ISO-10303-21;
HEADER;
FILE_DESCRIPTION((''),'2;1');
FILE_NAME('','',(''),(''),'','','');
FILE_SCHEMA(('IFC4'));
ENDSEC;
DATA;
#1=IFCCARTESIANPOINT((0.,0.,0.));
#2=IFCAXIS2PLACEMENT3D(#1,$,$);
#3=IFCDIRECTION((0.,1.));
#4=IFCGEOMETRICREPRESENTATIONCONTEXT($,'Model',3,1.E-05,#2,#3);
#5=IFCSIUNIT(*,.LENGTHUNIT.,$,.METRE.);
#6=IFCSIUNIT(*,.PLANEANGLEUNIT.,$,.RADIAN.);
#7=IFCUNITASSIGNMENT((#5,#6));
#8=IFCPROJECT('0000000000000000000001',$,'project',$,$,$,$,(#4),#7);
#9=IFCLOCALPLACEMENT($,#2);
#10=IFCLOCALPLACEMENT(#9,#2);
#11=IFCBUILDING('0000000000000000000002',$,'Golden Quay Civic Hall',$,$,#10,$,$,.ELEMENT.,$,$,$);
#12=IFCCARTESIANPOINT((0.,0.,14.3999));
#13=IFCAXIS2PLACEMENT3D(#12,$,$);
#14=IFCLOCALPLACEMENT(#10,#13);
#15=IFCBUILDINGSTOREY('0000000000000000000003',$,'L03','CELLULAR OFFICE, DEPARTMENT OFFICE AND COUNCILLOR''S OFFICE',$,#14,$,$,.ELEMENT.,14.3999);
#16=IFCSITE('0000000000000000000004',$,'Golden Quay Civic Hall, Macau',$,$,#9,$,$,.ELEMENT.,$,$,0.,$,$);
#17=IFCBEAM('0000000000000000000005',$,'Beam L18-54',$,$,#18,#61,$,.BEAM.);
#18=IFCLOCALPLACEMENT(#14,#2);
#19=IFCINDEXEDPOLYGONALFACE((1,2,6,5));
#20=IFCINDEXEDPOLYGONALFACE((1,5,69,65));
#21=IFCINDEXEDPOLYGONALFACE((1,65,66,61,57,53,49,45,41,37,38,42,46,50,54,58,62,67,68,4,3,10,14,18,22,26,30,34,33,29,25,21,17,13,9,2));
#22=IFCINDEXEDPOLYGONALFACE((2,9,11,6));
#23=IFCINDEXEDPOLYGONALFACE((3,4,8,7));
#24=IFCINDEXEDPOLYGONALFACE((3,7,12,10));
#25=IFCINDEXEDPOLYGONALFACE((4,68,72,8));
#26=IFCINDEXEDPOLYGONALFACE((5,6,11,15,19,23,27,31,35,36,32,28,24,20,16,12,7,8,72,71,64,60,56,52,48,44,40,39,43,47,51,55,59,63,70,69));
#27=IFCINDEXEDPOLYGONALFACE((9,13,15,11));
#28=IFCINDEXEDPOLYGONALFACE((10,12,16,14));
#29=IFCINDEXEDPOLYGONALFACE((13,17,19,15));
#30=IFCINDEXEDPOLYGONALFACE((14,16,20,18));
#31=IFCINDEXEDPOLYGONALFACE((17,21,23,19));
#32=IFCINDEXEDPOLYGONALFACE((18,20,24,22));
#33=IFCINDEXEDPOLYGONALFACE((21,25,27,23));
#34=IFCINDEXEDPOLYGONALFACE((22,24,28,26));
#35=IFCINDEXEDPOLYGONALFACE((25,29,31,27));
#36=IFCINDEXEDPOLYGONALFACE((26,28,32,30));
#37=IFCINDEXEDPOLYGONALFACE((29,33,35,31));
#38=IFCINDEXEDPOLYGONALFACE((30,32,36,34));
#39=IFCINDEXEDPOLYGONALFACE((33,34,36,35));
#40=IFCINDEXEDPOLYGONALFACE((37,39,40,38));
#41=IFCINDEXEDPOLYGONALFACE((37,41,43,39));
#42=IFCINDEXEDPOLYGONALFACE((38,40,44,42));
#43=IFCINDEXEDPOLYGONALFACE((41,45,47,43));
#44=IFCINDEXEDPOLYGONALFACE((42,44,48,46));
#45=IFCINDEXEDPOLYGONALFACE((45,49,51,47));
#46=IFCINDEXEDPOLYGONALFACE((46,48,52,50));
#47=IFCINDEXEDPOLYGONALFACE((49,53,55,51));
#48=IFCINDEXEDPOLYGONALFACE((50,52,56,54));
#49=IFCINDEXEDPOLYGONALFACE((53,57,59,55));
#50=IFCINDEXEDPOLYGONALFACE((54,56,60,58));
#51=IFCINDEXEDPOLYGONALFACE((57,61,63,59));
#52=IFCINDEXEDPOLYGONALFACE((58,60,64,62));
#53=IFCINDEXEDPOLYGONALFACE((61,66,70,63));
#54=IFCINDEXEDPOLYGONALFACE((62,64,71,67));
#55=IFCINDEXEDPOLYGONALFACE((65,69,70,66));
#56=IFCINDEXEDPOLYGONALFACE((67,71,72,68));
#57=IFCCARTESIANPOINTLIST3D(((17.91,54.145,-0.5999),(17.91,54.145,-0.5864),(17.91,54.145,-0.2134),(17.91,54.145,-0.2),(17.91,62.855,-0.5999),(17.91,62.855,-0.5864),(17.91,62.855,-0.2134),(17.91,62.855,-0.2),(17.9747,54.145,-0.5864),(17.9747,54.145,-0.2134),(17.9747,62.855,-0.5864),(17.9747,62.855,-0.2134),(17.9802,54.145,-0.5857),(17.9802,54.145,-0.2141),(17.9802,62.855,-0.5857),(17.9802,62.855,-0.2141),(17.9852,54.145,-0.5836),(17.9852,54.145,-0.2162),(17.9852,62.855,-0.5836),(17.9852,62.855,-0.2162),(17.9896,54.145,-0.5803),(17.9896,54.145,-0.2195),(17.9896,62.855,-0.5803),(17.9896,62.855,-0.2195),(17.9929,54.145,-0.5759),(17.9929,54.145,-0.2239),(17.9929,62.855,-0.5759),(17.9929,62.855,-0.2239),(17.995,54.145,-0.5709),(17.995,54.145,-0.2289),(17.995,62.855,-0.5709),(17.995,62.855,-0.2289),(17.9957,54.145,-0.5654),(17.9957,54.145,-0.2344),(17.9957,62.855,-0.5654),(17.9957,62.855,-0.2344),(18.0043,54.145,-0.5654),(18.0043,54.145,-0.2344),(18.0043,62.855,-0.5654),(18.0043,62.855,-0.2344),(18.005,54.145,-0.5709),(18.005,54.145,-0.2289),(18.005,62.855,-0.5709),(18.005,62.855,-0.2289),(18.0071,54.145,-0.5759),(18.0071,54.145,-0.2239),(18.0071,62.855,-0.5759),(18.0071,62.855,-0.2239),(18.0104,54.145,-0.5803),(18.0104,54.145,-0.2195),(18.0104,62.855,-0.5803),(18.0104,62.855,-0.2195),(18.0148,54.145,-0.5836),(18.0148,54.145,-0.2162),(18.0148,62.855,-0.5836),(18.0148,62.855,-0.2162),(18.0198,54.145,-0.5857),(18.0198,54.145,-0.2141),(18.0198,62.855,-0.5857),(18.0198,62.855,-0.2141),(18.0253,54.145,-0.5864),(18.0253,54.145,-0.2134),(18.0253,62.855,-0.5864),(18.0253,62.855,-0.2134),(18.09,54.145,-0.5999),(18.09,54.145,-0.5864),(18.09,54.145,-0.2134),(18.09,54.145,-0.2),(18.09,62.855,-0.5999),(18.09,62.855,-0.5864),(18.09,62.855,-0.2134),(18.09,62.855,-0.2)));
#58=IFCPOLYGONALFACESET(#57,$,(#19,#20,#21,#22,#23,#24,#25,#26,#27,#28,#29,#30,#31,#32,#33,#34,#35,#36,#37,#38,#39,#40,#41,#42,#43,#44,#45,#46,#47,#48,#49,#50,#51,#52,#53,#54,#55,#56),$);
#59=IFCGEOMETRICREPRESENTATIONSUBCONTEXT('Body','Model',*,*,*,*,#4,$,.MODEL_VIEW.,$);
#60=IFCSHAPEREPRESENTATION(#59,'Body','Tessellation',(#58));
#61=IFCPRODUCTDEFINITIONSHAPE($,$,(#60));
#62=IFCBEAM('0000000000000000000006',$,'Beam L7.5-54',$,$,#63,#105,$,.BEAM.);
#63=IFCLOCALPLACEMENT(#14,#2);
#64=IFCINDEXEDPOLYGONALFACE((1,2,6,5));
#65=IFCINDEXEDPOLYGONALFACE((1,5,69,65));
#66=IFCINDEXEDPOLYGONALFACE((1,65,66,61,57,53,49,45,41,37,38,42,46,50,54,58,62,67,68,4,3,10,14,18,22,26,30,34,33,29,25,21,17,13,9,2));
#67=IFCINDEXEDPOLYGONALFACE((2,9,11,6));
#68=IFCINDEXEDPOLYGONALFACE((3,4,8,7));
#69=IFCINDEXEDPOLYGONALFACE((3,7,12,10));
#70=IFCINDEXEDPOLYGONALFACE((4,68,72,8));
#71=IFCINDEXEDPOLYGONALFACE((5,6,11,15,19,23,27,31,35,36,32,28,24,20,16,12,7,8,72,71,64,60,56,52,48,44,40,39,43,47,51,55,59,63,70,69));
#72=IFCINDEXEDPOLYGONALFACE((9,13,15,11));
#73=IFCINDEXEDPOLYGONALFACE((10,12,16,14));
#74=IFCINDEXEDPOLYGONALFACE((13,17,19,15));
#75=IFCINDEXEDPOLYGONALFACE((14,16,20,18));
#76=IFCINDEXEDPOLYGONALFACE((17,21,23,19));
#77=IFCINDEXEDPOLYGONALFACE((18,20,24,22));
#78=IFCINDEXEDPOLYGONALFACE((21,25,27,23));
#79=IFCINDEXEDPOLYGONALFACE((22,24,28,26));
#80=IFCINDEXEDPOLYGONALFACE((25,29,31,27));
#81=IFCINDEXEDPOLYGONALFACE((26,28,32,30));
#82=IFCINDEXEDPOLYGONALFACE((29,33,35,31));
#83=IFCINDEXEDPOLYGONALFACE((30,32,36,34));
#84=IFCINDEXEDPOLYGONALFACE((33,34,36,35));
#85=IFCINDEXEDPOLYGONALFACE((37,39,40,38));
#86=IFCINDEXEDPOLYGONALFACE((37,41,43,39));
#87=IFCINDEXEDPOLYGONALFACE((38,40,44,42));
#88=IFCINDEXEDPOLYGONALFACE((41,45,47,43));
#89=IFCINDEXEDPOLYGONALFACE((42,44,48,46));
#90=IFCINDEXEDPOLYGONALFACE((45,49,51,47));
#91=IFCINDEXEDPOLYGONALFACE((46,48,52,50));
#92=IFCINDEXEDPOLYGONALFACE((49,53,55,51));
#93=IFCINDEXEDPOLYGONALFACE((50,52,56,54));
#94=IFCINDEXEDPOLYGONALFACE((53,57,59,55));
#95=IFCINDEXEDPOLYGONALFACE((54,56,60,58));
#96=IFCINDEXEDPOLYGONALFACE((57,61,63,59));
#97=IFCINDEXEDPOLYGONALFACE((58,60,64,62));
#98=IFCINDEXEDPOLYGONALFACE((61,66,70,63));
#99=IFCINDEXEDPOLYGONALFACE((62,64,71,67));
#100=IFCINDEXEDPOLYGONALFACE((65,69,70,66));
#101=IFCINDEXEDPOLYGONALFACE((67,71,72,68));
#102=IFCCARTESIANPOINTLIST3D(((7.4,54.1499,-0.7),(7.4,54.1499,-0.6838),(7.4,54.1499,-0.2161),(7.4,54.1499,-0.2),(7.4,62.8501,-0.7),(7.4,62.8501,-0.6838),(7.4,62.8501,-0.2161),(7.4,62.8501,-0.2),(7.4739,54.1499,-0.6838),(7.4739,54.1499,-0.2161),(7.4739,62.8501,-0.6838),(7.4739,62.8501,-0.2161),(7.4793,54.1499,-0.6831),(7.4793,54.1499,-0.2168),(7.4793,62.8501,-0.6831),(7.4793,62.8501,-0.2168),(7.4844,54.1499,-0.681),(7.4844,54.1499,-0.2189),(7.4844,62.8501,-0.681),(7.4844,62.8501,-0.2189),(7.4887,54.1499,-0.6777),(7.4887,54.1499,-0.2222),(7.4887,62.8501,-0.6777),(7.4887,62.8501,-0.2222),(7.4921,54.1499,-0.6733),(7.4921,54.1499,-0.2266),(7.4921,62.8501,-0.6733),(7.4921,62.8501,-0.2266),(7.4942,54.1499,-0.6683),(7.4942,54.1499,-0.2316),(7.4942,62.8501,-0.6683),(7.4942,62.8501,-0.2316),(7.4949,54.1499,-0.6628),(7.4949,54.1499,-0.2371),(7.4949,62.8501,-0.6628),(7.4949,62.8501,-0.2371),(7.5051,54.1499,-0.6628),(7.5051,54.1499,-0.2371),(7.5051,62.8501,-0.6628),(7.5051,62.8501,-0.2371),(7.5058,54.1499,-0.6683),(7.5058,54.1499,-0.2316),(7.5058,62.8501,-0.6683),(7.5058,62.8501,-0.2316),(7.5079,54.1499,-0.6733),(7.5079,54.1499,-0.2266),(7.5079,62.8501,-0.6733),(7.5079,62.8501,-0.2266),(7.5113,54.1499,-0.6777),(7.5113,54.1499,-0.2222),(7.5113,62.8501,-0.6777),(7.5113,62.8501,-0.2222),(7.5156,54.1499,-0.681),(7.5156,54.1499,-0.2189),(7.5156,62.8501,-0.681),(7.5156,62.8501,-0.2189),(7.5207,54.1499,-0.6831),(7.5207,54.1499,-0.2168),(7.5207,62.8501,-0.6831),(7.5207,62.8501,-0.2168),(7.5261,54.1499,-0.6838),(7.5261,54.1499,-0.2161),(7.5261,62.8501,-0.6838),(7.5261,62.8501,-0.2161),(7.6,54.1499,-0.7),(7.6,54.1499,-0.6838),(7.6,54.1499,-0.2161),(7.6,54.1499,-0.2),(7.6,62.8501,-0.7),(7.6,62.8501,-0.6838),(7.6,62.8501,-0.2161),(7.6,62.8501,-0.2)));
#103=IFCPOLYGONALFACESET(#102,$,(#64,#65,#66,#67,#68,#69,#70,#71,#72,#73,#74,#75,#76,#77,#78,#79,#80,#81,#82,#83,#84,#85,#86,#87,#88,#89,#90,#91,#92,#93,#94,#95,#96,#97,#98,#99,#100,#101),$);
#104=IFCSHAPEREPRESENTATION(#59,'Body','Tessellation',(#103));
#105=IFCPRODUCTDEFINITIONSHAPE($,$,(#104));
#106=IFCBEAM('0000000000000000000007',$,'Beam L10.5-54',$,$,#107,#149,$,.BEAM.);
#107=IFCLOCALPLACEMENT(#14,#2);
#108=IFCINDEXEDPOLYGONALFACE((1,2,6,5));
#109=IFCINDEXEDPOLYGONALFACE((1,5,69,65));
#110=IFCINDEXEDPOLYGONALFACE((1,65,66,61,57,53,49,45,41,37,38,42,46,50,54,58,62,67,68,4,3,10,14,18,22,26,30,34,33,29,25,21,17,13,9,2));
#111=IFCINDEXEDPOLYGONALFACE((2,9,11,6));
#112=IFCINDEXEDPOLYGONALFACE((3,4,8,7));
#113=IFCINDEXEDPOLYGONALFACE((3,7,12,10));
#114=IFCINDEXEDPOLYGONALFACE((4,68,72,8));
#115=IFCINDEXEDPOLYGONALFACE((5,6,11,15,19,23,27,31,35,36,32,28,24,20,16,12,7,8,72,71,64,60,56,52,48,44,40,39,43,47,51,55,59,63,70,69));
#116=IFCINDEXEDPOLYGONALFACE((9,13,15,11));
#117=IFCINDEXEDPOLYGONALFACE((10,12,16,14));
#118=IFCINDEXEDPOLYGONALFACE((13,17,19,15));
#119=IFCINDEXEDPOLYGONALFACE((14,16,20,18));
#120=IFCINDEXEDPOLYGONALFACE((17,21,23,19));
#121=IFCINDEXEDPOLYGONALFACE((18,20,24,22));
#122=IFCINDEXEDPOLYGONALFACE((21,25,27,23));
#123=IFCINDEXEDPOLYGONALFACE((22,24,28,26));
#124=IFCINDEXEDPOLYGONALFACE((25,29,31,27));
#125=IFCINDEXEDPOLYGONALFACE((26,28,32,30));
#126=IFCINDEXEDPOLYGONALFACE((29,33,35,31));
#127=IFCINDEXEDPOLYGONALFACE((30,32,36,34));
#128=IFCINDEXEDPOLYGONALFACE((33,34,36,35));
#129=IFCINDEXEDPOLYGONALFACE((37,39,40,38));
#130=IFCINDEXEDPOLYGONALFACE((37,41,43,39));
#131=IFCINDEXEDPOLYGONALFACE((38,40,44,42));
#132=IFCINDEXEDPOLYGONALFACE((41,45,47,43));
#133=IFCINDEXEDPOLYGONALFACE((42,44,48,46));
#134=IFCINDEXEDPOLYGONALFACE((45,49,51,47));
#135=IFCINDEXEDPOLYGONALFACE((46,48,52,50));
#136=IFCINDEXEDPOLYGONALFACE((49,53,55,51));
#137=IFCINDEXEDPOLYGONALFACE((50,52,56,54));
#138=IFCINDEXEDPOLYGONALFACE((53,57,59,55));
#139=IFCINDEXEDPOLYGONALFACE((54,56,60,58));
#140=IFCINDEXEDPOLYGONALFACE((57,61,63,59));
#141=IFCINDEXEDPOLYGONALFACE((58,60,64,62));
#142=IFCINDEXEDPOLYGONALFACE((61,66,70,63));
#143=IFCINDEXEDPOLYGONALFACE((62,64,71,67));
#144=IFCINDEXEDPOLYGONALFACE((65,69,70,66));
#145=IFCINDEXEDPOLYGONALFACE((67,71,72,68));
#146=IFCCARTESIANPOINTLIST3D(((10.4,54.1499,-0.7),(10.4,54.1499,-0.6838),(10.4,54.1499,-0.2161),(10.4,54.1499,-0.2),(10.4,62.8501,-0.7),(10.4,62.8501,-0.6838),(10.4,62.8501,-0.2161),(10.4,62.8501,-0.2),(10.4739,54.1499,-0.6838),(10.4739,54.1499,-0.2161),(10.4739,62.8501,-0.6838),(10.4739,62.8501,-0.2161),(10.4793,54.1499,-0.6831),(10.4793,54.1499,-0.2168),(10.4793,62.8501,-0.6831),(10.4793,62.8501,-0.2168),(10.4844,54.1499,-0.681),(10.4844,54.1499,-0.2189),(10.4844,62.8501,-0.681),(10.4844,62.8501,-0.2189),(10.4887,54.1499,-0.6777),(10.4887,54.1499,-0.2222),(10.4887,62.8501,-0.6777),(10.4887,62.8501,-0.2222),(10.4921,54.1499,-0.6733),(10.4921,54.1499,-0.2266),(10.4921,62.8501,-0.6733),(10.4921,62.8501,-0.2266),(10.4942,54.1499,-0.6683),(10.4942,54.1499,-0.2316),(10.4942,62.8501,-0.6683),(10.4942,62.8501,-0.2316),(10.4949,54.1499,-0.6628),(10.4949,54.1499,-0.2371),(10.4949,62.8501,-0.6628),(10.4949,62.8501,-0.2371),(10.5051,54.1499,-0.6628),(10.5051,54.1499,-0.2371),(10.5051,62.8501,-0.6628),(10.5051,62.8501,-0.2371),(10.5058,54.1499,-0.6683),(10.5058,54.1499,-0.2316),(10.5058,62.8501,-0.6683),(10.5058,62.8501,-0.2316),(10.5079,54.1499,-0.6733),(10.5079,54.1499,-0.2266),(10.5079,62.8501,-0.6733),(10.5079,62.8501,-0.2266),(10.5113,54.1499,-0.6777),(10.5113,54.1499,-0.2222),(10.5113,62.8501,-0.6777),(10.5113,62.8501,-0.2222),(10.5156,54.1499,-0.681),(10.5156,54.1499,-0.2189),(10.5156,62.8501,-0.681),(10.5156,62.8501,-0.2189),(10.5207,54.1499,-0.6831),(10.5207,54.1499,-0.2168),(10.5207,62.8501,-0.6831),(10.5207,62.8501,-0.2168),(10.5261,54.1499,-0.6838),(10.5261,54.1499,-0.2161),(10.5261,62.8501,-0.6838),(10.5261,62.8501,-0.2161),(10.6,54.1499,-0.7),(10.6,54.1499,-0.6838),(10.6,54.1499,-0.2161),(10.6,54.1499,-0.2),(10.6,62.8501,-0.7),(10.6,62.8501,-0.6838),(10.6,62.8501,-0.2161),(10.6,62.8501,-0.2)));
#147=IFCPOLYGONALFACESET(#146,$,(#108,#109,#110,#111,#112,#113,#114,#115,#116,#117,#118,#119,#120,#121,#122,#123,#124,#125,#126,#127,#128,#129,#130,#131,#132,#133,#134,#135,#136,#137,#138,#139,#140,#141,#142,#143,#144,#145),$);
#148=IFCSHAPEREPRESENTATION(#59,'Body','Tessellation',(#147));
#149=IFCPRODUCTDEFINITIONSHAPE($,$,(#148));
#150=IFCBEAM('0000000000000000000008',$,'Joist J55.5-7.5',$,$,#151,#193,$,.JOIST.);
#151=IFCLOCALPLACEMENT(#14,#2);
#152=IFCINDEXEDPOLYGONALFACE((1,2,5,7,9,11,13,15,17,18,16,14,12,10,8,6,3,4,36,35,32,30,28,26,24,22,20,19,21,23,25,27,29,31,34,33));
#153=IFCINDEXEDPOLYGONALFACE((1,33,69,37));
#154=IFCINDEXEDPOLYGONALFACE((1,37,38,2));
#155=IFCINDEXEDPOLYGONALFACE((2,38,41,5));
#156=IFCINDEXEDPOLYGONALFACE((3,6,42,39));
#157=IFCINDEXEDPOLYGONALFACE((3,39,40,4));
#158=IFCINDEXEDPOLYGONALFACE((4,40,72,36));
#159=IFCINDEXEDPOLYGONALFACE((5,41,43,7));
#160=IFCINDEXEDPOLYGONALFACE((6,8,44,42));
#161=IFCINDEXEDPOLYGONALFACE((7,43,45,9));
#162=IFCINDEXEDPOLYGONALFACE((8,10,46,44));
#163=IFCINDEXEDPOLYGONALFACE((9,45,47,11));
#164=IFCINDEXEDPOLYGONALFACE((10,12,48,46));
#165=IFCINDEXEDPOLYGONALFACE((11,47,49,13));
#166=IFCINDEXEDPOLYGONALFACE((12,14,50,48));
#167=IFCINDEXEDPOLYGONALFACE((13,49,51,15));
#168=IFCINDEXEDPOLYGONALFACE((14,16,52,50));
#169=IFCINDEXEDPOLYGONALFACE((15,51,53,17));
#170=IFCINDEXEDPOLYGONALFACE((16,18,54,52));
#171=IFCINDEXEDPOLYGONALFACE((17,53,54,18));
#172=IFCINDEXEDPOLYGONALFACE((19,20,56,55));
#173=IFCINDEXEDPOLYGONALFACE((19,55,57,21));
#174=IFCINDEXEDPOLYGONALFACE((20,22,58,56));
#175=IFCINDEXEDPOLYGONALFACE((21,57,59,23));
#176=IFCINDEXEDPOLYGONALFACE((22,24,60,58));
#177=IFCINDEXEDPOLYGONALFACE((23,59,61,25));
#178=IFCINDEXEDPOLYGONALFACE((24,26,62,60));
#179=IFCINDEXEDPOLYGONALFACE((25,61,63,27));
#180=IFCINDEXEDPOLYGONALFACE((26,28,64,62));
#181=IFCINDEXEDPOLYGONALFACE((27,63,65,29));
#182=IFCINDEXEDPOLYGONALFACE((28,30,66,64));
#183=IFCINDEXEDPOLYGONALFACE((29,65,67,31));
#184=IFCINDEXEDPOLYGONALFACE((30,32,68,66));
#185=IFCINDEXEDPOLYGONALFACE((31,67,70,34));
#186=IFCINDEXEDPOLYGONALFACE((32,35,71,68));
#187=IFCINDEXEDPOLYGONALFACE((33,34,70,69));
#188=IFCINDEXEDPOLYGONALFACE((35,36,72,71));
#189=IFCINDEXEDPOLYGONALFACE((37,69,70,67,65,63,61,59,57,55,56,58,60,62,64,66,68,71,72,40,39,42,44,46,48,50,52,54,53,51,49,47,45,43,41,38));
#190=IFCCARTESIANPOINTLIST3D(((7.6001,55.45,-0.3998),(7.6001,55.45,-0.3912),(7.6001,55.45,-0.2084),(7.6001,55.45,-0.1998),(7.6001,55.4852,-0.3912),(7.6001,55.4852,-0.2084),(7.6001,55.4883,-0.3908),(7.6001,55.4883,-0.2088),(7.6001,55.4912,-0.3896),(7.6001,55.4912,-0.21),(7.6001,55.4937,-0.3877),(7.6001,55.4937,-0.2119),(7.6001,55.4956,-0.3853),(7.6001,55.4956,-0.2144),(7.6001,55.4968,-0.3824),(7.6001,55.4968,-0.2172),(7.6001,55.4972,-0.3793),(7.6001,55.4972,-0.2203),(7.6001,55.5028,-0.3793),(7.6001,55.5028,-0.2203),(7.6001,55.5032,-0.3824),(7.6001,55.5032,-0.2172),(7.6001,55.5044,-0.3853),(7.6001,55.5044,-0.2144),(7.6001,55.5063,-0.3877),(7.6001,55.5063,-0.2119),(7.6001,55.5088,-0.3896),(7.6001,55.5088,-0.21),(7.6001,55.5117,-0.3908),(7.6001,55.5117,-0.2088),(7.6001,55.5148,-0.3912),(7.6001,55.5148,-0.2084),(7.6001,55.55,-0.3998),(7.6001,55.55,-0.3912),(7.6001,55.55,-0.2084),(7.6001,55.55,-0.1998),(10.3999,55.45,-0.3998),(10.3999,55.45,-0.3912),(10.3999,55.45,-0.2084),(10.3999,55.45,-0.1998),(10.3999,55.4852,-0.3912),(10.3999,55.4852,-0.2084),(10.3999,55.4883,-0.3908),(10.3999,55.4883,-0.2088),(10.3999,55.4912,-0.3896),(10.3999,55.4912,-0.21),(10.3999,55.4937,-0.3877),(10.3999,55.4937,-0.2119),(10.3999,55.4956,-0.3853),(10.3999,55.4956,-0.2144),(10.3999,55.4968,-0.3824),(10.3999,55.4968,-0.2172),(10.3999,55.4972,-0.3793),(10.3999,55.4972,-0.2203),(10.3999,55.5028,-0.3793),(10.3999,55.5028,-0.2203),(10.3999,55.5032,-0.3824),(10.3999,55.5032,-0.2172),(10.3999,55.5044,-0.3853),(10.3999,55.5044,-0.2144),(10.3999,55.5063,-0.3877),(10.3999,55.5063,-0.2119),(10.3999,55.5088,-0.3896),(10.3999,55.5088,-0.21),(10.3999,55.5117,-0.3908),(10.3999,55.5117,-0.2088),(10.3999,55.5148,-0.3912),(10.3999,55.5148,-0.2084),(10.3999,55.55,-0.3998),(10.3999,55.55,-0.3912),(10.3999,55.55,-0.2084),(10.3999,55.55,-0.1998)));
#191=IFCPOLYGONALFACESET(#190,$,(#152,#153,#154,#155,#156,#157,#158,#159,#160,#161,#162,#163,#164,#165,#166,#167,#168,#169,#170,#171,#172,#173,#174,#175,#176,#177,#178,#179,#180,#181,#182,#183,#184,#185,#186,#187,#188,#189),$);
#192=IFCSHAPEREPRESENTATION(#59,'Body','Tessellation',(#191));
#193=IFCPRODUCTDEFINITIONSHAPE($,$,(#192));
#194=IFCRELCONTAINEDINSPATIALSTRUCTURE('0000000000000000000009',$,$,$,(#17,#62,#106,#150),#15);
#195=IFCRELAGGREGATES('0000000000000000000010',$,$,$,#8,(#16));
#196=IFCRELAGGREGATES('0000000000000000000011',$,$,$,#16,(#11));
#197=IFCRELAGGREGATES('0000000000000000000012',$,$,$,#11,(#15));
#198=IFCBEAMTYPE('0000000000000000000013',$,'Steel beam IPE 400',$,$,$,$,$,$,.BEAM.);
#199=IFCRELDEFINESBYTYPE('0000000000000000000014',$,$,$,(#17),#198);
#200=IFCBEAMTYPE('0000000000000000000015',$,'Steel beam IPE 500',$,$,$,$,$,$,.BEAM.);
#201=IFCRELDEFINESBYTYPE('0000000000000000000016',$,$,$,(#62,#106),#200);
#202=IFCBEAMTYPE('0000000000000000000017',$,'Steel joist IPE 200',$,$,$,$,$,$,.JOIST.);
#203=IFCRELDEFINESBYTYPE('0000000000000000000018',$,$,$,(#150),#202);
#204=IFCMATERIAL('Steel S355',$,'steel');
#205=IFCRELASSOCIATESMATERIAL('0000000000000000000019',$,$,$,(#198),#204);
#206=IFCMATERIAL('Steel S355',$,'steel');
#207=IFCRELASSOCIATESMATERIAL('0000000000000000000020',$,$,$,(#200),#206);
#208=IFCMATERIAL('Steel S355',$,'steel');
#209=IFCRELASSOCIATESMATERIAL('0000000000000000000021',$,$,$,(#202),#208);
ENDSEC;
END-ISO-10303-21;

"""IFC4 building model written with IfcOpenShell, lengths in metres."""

from ifc_helpers import new_model, si_unit, direction, frame, origin, origin_2d, place, context, subcontext, project, spatial, i_section, extrude, material, material_profile, profile_set, type_object, element, save


model = new_model("IFC4")

# Units and contexts
model_context = context("Model", 3, precision=1e-05, world=origin(), true_north=direction((0.0, 1.0)))
body_context = subcontext(model_context, "Body", "Model", "MODEL_VIEW")
ifc_project = project(units=[si_unit("LENGTHUNIT", "METRE"), si_unit("PLANEANGLEUNIT", "RADIAN")], contexts=[model_context])

# Site, building, storey
site_placement = place(None, origin())
site = spatial("IfcSite", under=ifc_project, at=site_placement, Name="Golden Quay Civic Hall, Macau", CompositionType="ELEMENT", RefElevation=0.0)
building_placement = place(site_placement, origin())
building = spatial("IfcBuilding", under=site, at=building_placement, Name="Golden Quay Civic Hall", CompositionType="ELEMENT")
storey_placement = place(building_placement, frame((0.0, 0.0, 14.3999)))
storey = spatial("IfcBuildingStorey", under=building, at=storey_placement, Name="L03", Description="CELLULAR OFFICE, DEPARTMENT OFFICE AND COUNCILLOR'S OFFICE", CompositionType="ELEMENT", Elevation=14.3999)

# Beams
ifc_material_1 = material(Name="Steel S355", Category="steel")
ifc_material_profile_1 = material_profile(ifc_material_1, i_section(OverallWidth=0.1799, OverallDepth=0.3999, WebThickness=0.0085, FlangeThickness=0.0134, FilletRadius=0.021, at=origin_2d()), Name="IPE 400")
ifc_profile_set_1 = profile_set([ifc_material_profile_1], Name="Steel S355")
beam_type_1 = type_object("IfcBeamType", Name="Steel beam IPE 400", PredefinedType="BEAM", material=ifc_profile_set_1)
beam_1_placement = place(storey_placement, frame((18.0, 54.145, -0.3999), z_axis=(0.0, 1.0, 0.0), x_axis=(-1.0, 0.0, 0.0)))
element("IfcBeam", 1, at=beam_1_placement, inside=storey, type_object=beam_type_1, Name="Beam L18-54", PredefinedType="BEAM", context=body_context, shape_type="SweptSolid", body=[
    extrude(i_section(OverallWidth=0.1799, OverallDepth=0.3999, WebThickness=0.0085, FlangeThickness=0.0134, FilletRadius=0.021, at=origin_2d()), origin(), (0.0, 0.0, 1.0), 8.71),
])
ifc_material_2 = material(Name="Steel S355", Category="steel")
ifc_material_profile_2 = material_profile(ifc_material_2, i_section(OverallWidth=0.2, OverallDepth=0.5, WebThickness=0.0103, FlangeThickness=0.0161, FilletRadius=0.021, at=origin_2d()), Name="IPE 500")
ifc_profile_set_2 = profile_set([ifc_material_profile_2], Name="Steel S355")
beam_type_2 = type_object("IfcBeamType", Name="Steel beam IPE 500", PredefinedType="BEAM", material=ifc_profile_set_2)
for number, where, z_axis, x_axis, name in (
    (2, (7.5, 54.1499, -0.45), (0.0, 1.0, 0.0), (-1.0, 0.0, 0.0), "Beam L7.5-54"),
    (3, (10.5, 54.1499, -0.45), (0.0, 1.0, 0.0), (-1.0, 0.0, 0.0), "Beam L10.5-54"),
):
    element("IfcBeam", number, at=place(storey_placement, frame(where, z_axis=z_axis, x_axis=x_axis)), inside=storey, type_object=beam_type_2, Name=name, PredefinedType="BEAM", context=body_context, shape_type="SweptSolid", body=[
        extrude(i_section(OverallWidth=0.2, OverallDepth=0.5, WebThickness=0.0103, FlangeThickness=0.0161, FilletRadius=0.021, at=origin_2d()), origin(), (0.0, 0.0, 1.0), 8.7002),
    ])
ifc_material_3 = material(Name="Steel S355", Category="steel")
ifc_material_profile_3 = material_profile(ifc_material_3, i_section(OverallWidth=0.1001, OverallDepth=0.2, WebThickness=0.0056, FlangeThickness=0.0085, FilletRadius=0.012, at=origin_2d()), Name="IPE 200")
ifc_profile_set_3 = profile_set([ifc_material_profile_3], Name="Steel S355")
beam_type_3 = type_object("IfcBeamType", Name="Steel joist IPE 200", PredefinedType="JOIST", material=ifc_profile_set_3)
for number, where, z_axis, x_axis, name in (
    (4, (7.6001, 55.5, -0.2998), (1.0, 0.0, 0.0), (0.0, 1.0, 0.0), "Joist J55.5-7.5"),
):
    element("IfcBeam", number, at=place(storey_placement, frame(where, z_axis=z_axis, x_axis=x_axis)), inside=storey, type_object=beam_type_3, Name=name, PredefinedType="JOIST", context=body_context, shape_type="SweptSolid", body=[
        extrude(i_section(OverallWidth=0.1001, OverallDepth=0.2, WebThickness=0.0056, FlangeThickness=0.0085, FilletRadius=0.012, at=origin_2d()), origin(), (0.0, 0.0, 1.0), 2.7998),
    ])

save(model, "model.ifc")
